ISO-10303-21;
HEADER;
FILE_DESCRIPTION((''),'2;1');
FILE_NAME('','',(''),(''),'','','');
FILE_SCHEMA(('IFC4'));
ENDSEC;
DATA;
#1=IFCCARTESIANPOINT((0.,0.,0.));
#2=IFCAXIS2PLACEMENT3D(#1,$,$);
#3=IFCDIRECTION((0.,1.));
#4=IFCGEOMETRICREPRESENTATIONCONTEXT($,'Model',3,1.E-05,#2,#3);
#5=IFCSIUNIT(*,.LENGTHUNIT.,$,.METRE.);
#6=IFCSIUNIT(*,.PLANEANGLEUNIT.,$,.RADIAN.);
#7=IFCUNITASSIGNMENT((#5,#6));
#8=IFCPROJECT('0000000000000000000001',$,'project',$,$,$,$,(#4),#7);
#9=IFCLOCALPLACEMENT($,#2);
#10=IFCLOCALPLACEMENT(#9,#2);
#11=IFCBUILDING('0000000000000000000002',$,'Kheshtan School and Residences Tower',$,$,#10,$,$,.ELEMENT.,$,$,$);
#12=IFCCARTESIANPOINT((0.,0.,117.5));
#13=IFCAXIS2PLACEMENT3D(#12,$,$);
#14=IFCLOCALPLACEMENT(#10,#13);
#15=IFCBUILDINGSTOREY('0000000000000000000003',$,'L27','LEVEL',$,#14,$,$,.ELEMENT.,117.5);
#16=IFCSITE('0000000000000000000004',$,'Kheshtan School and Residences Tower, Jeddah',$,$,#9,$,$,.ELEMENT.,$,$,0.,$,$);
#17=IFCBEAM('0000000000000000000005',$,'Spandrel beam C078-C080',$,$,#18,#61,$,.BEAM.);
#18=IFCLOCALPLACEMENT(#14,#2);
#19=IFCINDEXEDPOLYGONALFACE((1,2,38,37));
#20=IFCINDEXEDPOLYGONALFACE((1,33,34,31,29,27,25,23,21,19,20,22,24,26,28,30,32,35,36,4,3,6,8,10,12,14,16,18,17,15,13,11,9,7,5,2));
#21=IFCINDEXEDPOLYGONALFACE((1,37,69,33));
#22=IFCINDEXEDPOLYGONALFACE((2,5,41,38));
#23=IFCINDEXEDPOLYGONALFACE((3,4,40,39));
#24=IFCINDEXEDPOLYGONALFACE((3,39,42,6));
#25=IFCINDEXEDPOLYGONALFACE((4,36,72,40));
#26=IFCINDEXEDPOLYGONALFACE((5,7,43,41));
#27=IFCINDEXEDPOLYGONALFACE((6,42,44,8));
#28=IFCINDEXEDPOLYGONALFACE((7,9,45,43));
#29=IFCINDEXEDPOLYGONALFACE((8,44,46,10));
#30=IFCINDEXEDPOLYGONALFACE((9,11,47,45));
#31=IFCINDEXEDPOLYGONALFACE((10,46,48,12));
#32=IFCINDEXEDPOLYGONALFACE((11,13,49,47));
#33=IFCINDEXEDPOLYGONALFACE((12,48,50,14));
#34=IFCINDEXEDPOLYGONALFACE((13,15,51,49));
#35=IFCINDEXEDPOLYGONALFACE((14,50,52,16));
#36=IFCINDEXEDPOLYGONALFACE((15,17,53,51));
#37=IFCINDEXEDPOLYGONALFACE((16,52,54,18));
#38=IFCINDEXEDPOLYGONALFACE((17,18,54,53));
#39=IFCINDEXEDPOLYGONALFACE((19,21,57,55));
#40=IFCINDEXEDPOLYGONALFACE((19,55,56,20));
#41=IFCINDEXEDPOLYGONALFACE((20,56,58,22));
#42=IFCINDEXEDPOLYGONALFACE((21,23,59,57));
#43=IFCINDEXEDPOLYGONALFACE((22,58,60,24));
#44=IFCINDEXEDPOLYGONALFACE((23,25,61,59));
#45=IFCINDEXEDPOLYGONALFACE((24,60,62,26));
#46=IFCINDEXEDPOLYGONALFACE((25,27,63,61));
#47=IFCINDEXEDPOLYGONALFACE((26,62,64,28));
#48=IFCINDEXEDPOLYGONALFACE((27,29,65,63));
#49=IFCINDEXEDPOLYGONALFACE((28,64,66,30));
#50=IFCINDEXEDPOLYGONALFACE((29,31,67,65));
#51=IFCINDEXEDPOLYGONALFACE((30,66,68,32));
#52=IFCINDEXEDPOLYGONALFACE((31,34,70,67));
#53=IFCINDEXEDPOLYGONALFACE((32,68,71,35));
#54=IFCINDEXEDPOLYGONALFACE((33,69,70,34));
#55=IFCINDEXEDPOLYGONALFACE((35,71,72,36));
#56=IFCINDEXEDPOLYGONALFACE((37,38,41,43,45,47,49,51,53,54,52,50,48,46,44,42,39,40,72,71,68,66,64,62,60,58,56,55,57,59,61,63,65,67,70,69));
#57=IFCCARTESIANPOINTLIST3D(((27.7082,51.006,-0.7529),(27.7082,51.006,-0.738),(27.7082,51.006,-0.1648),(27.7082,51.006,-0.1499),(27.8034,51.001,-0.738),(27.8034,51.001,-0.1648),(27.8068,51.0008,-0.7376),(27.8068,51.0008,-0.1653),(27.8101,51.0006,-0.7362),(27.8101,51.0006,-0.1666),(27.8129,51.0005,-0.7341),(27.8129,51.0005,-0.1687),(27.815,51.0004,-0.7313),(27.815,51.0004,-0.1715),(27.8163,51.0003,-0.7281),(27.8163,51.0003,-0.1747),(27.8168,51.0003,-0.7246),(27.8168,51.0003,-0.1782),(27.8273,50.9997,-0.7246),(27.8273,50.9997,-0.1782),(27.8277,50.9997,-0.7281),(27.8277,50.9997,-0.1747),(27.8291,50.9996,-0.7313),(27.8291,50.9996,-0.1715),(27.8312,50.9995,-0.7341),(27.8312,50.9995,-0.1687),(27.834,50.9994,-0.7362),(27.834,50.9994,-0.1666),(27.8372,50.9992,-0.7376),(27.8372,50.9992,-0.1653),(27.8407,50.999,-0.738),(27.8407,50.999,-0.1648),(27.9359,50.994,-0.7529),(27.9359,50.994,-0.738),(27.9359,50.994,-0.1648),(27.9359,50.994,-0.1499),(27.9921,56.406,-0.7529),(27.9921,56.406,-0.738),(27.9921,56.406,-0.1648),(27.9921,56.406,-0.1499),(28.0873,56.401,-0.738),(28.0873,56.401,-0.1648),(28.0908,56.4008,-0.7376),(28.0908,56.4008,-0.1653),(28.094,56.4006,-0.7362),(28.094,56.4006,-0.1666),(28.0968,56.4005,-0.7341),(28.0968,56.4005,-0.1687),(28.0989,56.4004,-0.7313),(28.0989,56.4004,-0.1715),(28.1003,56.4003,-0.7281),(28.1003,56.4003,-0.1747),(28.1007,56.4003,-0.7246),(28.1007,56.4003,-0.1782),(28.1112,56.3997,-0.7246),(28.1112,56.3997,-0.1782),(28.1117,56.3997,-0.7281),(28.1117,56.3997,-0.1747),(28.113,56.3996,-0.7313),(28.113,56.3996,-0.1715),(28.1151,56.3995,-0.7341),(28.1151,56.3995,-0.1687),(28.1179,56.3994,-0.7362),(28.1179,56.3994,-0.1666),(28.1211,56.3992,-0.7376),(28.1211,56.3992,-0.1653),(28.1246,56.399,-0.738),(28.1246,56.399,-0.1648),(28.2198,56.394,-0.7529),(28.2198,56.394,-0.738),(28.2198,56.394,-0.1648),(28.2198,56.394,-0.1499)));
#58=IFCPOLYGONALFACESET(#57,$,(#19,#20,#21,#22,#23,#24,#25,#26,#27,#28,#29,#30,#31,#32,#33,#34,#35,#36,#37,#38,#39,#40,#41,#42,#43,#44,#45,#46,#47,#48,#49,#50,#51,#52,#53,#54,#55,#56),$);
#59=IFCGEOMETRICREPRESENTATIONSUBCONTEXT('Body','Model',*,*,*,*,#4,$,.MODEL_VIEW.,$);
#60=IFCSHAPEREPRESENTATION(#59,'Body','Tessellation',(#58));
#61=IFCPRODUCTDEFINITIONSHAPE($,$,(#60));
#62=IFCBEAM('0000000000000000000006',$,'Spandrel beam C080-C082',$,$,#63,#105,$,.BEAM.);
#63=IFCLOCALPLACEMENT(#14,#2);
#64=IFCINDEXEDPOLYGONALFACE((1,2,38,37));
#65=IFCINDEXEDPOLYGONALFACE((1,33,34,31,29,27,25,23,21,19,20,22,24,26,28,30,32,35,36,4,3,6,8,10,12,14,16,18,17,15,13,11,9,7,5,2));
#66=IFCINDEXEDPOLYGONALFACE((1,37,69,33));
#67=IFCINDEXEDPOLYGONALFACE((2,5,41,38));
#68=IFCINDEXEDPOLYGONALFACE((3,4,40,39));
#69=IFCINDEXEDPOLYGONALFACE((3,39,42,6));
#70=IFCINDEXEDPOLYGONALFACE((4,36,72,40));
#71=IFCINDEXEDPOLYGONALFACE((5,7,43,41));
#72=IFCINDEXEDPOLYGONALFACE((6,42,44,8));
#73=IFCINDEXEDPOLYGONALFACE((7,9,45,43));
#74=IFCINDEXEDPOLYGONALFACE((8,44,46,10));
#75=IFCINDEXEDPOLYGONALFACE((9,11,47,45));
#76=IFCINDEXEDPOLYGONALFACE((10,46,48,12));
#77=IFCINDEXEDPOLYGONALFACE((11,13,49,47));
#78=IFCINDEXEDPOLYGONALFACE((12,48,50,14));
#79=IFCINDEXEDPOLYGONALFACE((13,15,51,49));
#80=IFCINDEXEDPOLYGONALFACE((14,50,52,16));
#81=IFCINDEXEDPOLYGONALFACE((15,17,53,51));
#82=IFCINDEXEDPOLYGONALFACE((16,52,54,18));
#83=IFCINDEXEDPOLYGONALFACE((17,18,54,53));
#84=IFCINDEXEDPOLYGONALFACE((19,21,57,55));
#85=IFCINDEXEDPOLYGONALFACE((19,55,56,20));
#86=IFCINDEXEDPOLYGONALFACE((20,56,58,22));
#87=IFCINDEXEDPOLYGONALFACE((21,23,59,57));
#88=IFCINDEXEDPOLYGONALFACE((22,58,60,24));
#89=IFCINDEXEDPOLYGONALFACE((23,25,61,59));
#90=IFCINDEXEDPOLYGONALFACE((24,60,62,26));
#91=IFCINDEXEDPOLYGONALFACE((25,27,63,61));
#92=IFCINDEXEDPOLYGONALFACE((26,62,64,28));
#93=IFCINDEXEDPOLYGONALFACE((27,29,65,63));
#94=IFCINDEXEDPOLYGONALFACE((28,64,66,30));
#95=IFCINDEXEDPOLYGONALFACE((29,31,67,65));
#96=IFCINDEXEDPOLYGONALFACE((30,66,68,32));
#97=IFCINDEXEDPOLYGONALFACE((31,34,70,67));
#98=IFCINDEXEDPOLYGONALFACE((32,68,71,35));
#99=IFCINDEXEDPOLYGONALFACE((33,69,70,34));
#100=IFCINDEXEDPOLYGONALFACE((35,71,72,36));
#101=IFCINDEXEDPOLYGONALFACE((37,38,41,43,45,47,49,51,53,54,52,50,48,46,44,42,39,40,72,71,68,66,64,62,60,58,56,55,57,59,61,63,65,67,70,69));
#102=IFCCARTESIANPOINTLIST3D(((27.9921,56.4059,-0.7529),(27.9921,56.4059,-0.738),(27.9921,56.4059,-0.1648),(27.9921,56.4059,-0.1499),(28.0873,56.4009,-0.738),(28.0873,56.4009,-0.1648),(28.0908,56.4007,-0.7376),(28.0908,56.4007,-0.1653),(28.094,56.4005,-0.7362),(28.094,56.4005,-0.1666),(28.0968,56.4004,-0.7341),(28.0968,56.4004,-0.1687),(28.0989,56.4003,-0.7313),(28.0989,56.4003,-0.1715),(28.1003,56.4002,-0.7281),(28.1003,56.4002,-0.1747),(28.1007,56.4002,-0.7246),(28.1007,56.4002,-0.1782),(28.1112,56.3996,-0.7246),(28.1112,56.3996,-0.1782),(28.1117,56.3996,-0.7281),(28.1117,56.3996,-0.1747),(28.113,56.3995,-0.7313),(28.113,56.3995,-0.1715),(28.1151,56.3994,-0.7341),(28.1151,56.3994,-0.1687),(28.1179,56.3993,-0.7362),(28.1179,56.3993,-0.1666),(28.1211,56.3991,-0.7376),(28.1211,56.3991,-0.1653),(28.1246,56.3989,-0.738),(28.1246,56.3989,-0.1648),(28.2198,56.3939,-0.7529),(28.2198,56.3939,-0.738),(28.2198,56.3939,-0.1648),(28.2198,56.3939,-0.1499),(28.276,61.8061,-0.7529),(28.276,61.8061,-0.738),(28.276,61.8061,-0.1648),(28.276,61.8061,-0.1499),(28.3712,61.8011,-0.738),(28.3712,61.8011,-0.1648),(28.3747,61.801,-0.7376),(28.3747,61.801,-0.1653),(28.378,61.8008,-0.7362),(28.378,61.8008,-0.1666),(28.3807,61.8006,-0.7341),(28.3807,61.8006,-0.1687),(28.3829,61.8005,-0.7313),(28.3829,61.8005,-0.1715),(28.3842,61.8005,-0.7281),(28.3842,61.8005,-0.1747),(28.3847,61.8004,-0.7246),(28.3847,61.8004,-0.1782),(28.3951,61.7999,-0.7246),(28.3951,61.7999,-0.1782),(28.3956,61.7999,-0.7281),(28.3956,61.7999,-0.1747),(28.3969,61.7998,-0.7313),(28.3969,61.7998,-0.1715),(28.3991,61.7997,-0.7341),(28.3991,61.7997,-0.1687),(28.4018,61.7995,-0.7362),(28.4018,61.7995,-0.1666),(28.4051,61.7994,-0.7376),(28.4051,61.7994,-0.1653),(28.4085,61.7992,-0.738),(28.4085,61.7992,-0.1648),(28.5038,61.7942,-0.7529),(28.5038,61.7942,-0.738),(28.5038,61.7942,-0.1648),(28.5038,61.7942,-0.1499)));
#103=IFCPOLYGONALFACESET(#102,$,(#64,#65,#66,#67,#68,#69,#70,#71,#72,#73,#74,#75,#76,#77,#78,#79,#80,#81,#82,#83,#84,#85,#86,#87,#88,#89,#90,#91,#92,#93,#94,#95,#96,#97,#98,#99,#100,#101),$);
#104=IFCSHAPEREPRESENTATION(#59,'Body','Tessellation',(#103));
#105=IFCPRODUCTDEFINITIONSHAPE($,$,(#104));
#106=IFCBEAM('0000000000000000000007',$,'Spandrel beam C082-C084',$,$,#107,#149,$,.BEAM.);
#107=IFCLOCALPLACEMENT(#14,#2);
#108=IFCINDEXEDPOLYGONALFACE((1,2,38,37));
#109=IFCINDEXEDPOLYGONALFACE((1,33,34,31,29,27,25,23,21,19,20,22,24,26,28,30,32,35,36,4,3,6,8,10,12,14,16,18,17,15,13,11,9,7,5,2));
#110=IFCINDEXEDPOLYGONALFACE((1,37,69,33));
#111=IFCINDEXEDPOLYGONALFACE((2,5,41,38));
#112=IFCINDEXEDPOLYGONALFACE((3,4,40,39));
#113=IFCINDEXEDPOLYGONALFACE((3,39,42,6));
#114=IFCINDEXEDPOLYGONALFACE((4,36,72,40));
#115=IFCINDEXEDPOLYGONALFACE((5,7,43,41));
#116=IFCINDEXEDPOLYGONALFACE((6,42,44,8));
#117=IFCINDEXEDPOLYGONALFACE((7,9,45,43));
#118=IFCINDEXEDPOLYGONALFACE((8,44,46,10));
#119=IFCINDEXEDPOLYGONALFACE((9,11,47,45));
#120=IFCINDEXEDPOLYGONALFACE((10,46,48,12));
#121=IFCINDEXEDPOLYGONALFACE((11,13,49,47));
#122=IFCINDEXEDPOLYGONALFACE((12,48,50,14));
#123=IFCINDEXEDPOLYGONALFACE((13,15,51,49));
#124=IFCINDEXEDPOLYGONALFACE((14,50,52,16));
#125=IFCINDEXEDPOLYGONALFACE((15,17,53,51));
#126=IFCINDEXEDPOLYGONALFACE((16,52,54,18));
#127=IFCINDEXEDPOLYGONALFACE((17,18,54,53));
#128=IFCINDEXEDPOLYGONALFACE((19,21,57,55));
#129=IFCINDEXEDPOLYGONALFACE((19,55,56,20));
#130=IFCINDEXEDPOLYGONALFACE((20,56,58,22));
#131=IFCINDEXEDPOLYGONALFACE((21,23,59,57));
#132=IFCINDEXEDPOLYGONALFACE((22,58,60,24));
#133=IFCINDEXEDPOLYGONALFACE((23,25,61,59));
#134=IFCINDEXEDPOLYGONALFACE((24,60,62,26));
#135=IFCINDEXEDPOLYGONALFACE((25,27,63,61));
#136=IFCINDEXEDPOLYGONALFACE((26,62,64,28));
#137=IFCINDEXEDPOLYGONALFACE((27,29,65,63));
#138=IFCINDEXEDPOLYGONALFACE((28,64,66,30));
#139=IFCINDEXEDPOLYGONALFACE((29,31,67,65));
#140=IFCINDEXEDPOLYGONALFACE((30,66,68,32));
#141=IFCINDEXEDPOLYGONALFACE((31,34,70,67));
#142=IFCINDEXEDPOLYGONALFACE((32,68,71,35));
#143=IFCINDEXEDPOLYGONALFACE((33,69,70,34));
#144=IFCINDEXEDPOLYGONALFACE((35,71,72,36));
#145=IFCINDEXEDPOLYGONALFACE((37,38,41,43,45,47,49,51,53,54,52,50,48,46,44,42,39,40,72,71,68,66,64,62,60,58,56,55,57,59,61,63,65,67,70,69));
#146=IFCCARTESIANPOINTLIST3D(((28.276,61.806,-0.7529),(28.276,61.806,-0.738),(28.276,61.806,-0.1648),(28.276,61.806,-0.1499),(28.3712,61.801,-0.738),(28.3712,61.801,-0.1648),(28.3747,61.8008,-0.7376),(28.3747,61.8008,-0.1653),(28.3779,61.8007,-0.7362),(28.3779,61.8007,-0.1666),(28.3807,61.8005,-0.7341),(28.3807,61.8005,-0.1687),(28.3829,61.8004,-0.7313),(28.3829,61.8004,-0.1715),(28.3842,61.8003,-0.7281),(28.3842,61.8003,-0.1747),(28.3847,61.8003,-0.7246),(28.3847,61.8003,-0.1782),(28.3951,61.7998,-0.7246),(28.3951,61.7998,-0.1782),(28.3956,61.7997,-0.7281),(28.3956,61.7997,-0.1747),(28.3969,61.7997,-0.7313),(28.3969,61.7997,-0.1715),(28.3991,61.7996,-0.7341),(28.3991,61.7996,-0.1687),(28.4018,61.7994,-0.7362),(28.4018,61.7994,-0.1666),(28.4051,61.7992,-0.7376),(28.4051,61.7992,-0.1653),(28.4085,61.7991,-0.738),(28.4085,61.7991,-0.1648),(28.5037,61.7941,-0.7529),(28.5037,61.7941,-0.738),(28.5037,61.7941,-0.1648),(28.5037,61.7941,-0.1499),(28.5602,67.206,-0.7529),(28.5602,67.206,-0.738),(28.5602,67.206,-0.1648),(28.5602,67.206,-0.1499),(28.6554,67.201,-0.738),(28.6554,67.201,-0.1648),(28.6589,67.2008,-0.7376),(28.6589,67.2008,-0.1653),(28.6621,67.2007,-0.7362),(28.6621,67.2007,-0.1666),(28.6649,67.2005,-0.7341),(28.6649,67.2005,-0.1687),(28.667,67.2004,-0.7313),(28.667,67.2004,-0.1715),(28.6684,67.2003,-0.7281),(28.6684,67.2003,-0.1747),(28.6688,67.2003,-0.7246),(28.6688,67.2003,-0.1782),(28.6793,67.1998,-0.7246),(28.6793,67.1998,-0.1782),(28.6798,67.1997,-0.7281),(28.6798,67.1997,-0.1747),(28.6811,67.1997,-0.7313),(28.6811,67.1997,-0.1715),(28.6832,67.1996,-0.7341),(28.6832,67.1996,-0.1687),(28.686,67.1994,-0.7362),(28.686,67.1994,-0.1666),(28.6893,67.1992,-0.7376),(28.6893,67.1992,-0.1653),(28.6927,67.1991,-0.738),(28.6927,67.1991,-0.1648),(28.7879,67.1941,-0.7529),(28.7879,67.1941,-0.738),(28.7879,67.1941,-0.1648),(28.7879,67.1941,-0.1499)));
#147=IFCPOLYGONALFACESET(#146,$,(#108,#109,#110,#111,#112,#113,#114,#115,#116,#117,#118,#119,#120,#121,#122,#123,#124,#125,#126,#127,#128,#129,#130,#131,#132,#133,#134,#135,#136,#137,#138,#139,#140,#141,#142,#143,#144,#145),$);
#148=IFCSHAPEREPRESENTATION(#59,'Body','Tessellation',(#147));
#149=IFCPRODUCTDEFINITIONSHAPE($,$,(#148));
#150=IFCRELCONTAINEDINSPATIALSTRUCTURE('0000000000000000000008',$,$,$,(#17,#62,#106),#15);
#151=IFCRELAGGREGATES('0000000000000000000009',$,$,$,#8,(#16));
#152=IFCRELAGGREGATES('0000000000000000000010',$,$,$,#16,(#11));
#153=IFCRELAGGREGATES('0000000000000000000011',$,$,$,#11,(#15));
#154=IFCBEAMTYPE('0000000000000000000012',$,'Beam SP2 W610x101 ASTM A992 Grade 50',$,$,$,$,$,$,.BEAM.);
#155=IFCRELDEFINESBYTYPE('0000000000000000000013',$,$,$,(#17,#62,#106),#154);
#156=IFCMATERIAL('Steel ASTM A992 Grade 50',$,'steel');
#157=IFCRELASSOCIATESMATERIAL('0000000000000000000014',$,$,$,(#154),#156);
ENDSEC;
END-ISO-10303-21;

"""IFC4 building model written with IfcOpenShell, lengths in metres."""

from ifc_helpers import new_model, si_unit, direction, frame, origin, origin_2d, place, context, subcontext, project, spatial, i_section, extrude, material, material_profile, profile_set, type_object, element, save


model = new_model("IFC4")

# Units and contexts
model_context = context("Model", 3, precision=1e-05, world=origin(), true_north=direction((0.0, 1.0)))
body_context = subcontext(model_context, "Body", "Model", "MODEL_VIEW")
ifc_project = project(units=[si_unit("LENGTHUNIT", "METRE"), si_unit("PLANEANGLEUNIT", "RADIAN")], contexts=[model_context])

# Site, building, storey
site_placement = place(None, origin())
site = spatial("IfcSite", under=ifc_project, at=site_placement, Name="Kheshtan School and Residences Tower, Jeddah", CompositionType="ELEMENT", RefElevation=0.0)
building_placement = place(site_placement, origin())
building = spatial("IfcBuilding", under=site, at=building_placement, Name="Kheshtan School and Residences Tower", CompositionType="ELEMENT")
storey_placement = place(building_placement, frame((0.0, 0.0, 117.5)))
storey = spatial("IfcBuildingStorey", under=building, at=storey_placement, Name="L27", Description="LEVEL", CompositionType="ELEMENT", Elevation=117.5)

# Shared definitions
ifc_material_1 = material(Name="Steel ASTM A992 Grade 50", Category="steel")

# Beams
ifc_material_profile_1 = material_profile(ifc_material_1, i_section(OverallWidth=0.228, OverallDepth=0.603, WebThickness=0.0105, FlangeThickness=0.0149, FilletRadius=0.0134, at=origin_2d()), Name="W610x101")
ifc_profile_set_1 = profile_set([ifc_material_profile_1], Name="Steel ASTM A992 Grade 50")
beam_type_1 = type_object("IfcBeamType", Name="Beam SP2 W610x101 ASTM A992 Grade 50", PredefinedType="BEAM", material=ifc_profile_set_1)
beam_1_placement = place(storey_placement, frame((27.822, 51.0, -0.4514), z_axis=(0.052509, 0.99862, 0.0), x_axis=(-0.99862, 0.052509, 0.0)))
element("IfcBeam", 1, at=beam_1_placement, inside=storey, type_object=beam_type_1, Name="Spandrel beam C078-C080", PredefinedType="BEAM", context=body_context, shape_type="SweptSolid", body=[
    extrude(i_section(OverallWidth=0.228, OverallDepth=0.603, WebThickness=0.0105, FlangeThickness=0.0149, FilletRadius=0.0134, at=origin_2d()), origin(), (0.0, 0.0, 1.0), 5.4075),
])
beam_2_placement = place(storey_placement, frame((28.106, 56.3999, -0.4514), z_axis=(0.052507, 0.998621, 0.0), x_axis=(-0.998621, 0.052507, 0.0)))
element("IfcBeam", 2, at=beam_2_placement, inside=storey, type_object=beam_type_1, Name="Spandrel beam C080-C082", PredefinedType="BEAM", context=body_context, shape_type="SweptSolid", body=[
    extrude(i_section(OverallWidth=0.228, OverallDepth=0.603, WebThickness=0.0105, FlangeThickness=0.0149, FilletRadius=0.0134, at=origin_2d()), origin(), (0.0, 0.0, 1.0), 5.4077),
])
beam_3_placement = place(storey_placement, frame((28.3899, 61.8, -0.4514), z_axis=(0.052554, 0.998618, 0.0), x_axis=(-0.998618, 0.052554, 0.0)))
element("IfcBeam", 3, at=beam_3_placement, inside=storey, type_object=beam_type_1, Name="Spandrel beam C082-C084", PredefinedType="BEAM", context=body_context, shape_type="SweptSolid", body=[
    extrude(i_section(OverallWidth=0.228, OverallDepth=0.603, WebThickness=0.0105, FlangeThickness=0.0149, FilletRadius=0.0134, at=origin_2d()), origin(), (0.0, 0.0, 1.0), 5.4075),
])

save(model, "model.ifc")
